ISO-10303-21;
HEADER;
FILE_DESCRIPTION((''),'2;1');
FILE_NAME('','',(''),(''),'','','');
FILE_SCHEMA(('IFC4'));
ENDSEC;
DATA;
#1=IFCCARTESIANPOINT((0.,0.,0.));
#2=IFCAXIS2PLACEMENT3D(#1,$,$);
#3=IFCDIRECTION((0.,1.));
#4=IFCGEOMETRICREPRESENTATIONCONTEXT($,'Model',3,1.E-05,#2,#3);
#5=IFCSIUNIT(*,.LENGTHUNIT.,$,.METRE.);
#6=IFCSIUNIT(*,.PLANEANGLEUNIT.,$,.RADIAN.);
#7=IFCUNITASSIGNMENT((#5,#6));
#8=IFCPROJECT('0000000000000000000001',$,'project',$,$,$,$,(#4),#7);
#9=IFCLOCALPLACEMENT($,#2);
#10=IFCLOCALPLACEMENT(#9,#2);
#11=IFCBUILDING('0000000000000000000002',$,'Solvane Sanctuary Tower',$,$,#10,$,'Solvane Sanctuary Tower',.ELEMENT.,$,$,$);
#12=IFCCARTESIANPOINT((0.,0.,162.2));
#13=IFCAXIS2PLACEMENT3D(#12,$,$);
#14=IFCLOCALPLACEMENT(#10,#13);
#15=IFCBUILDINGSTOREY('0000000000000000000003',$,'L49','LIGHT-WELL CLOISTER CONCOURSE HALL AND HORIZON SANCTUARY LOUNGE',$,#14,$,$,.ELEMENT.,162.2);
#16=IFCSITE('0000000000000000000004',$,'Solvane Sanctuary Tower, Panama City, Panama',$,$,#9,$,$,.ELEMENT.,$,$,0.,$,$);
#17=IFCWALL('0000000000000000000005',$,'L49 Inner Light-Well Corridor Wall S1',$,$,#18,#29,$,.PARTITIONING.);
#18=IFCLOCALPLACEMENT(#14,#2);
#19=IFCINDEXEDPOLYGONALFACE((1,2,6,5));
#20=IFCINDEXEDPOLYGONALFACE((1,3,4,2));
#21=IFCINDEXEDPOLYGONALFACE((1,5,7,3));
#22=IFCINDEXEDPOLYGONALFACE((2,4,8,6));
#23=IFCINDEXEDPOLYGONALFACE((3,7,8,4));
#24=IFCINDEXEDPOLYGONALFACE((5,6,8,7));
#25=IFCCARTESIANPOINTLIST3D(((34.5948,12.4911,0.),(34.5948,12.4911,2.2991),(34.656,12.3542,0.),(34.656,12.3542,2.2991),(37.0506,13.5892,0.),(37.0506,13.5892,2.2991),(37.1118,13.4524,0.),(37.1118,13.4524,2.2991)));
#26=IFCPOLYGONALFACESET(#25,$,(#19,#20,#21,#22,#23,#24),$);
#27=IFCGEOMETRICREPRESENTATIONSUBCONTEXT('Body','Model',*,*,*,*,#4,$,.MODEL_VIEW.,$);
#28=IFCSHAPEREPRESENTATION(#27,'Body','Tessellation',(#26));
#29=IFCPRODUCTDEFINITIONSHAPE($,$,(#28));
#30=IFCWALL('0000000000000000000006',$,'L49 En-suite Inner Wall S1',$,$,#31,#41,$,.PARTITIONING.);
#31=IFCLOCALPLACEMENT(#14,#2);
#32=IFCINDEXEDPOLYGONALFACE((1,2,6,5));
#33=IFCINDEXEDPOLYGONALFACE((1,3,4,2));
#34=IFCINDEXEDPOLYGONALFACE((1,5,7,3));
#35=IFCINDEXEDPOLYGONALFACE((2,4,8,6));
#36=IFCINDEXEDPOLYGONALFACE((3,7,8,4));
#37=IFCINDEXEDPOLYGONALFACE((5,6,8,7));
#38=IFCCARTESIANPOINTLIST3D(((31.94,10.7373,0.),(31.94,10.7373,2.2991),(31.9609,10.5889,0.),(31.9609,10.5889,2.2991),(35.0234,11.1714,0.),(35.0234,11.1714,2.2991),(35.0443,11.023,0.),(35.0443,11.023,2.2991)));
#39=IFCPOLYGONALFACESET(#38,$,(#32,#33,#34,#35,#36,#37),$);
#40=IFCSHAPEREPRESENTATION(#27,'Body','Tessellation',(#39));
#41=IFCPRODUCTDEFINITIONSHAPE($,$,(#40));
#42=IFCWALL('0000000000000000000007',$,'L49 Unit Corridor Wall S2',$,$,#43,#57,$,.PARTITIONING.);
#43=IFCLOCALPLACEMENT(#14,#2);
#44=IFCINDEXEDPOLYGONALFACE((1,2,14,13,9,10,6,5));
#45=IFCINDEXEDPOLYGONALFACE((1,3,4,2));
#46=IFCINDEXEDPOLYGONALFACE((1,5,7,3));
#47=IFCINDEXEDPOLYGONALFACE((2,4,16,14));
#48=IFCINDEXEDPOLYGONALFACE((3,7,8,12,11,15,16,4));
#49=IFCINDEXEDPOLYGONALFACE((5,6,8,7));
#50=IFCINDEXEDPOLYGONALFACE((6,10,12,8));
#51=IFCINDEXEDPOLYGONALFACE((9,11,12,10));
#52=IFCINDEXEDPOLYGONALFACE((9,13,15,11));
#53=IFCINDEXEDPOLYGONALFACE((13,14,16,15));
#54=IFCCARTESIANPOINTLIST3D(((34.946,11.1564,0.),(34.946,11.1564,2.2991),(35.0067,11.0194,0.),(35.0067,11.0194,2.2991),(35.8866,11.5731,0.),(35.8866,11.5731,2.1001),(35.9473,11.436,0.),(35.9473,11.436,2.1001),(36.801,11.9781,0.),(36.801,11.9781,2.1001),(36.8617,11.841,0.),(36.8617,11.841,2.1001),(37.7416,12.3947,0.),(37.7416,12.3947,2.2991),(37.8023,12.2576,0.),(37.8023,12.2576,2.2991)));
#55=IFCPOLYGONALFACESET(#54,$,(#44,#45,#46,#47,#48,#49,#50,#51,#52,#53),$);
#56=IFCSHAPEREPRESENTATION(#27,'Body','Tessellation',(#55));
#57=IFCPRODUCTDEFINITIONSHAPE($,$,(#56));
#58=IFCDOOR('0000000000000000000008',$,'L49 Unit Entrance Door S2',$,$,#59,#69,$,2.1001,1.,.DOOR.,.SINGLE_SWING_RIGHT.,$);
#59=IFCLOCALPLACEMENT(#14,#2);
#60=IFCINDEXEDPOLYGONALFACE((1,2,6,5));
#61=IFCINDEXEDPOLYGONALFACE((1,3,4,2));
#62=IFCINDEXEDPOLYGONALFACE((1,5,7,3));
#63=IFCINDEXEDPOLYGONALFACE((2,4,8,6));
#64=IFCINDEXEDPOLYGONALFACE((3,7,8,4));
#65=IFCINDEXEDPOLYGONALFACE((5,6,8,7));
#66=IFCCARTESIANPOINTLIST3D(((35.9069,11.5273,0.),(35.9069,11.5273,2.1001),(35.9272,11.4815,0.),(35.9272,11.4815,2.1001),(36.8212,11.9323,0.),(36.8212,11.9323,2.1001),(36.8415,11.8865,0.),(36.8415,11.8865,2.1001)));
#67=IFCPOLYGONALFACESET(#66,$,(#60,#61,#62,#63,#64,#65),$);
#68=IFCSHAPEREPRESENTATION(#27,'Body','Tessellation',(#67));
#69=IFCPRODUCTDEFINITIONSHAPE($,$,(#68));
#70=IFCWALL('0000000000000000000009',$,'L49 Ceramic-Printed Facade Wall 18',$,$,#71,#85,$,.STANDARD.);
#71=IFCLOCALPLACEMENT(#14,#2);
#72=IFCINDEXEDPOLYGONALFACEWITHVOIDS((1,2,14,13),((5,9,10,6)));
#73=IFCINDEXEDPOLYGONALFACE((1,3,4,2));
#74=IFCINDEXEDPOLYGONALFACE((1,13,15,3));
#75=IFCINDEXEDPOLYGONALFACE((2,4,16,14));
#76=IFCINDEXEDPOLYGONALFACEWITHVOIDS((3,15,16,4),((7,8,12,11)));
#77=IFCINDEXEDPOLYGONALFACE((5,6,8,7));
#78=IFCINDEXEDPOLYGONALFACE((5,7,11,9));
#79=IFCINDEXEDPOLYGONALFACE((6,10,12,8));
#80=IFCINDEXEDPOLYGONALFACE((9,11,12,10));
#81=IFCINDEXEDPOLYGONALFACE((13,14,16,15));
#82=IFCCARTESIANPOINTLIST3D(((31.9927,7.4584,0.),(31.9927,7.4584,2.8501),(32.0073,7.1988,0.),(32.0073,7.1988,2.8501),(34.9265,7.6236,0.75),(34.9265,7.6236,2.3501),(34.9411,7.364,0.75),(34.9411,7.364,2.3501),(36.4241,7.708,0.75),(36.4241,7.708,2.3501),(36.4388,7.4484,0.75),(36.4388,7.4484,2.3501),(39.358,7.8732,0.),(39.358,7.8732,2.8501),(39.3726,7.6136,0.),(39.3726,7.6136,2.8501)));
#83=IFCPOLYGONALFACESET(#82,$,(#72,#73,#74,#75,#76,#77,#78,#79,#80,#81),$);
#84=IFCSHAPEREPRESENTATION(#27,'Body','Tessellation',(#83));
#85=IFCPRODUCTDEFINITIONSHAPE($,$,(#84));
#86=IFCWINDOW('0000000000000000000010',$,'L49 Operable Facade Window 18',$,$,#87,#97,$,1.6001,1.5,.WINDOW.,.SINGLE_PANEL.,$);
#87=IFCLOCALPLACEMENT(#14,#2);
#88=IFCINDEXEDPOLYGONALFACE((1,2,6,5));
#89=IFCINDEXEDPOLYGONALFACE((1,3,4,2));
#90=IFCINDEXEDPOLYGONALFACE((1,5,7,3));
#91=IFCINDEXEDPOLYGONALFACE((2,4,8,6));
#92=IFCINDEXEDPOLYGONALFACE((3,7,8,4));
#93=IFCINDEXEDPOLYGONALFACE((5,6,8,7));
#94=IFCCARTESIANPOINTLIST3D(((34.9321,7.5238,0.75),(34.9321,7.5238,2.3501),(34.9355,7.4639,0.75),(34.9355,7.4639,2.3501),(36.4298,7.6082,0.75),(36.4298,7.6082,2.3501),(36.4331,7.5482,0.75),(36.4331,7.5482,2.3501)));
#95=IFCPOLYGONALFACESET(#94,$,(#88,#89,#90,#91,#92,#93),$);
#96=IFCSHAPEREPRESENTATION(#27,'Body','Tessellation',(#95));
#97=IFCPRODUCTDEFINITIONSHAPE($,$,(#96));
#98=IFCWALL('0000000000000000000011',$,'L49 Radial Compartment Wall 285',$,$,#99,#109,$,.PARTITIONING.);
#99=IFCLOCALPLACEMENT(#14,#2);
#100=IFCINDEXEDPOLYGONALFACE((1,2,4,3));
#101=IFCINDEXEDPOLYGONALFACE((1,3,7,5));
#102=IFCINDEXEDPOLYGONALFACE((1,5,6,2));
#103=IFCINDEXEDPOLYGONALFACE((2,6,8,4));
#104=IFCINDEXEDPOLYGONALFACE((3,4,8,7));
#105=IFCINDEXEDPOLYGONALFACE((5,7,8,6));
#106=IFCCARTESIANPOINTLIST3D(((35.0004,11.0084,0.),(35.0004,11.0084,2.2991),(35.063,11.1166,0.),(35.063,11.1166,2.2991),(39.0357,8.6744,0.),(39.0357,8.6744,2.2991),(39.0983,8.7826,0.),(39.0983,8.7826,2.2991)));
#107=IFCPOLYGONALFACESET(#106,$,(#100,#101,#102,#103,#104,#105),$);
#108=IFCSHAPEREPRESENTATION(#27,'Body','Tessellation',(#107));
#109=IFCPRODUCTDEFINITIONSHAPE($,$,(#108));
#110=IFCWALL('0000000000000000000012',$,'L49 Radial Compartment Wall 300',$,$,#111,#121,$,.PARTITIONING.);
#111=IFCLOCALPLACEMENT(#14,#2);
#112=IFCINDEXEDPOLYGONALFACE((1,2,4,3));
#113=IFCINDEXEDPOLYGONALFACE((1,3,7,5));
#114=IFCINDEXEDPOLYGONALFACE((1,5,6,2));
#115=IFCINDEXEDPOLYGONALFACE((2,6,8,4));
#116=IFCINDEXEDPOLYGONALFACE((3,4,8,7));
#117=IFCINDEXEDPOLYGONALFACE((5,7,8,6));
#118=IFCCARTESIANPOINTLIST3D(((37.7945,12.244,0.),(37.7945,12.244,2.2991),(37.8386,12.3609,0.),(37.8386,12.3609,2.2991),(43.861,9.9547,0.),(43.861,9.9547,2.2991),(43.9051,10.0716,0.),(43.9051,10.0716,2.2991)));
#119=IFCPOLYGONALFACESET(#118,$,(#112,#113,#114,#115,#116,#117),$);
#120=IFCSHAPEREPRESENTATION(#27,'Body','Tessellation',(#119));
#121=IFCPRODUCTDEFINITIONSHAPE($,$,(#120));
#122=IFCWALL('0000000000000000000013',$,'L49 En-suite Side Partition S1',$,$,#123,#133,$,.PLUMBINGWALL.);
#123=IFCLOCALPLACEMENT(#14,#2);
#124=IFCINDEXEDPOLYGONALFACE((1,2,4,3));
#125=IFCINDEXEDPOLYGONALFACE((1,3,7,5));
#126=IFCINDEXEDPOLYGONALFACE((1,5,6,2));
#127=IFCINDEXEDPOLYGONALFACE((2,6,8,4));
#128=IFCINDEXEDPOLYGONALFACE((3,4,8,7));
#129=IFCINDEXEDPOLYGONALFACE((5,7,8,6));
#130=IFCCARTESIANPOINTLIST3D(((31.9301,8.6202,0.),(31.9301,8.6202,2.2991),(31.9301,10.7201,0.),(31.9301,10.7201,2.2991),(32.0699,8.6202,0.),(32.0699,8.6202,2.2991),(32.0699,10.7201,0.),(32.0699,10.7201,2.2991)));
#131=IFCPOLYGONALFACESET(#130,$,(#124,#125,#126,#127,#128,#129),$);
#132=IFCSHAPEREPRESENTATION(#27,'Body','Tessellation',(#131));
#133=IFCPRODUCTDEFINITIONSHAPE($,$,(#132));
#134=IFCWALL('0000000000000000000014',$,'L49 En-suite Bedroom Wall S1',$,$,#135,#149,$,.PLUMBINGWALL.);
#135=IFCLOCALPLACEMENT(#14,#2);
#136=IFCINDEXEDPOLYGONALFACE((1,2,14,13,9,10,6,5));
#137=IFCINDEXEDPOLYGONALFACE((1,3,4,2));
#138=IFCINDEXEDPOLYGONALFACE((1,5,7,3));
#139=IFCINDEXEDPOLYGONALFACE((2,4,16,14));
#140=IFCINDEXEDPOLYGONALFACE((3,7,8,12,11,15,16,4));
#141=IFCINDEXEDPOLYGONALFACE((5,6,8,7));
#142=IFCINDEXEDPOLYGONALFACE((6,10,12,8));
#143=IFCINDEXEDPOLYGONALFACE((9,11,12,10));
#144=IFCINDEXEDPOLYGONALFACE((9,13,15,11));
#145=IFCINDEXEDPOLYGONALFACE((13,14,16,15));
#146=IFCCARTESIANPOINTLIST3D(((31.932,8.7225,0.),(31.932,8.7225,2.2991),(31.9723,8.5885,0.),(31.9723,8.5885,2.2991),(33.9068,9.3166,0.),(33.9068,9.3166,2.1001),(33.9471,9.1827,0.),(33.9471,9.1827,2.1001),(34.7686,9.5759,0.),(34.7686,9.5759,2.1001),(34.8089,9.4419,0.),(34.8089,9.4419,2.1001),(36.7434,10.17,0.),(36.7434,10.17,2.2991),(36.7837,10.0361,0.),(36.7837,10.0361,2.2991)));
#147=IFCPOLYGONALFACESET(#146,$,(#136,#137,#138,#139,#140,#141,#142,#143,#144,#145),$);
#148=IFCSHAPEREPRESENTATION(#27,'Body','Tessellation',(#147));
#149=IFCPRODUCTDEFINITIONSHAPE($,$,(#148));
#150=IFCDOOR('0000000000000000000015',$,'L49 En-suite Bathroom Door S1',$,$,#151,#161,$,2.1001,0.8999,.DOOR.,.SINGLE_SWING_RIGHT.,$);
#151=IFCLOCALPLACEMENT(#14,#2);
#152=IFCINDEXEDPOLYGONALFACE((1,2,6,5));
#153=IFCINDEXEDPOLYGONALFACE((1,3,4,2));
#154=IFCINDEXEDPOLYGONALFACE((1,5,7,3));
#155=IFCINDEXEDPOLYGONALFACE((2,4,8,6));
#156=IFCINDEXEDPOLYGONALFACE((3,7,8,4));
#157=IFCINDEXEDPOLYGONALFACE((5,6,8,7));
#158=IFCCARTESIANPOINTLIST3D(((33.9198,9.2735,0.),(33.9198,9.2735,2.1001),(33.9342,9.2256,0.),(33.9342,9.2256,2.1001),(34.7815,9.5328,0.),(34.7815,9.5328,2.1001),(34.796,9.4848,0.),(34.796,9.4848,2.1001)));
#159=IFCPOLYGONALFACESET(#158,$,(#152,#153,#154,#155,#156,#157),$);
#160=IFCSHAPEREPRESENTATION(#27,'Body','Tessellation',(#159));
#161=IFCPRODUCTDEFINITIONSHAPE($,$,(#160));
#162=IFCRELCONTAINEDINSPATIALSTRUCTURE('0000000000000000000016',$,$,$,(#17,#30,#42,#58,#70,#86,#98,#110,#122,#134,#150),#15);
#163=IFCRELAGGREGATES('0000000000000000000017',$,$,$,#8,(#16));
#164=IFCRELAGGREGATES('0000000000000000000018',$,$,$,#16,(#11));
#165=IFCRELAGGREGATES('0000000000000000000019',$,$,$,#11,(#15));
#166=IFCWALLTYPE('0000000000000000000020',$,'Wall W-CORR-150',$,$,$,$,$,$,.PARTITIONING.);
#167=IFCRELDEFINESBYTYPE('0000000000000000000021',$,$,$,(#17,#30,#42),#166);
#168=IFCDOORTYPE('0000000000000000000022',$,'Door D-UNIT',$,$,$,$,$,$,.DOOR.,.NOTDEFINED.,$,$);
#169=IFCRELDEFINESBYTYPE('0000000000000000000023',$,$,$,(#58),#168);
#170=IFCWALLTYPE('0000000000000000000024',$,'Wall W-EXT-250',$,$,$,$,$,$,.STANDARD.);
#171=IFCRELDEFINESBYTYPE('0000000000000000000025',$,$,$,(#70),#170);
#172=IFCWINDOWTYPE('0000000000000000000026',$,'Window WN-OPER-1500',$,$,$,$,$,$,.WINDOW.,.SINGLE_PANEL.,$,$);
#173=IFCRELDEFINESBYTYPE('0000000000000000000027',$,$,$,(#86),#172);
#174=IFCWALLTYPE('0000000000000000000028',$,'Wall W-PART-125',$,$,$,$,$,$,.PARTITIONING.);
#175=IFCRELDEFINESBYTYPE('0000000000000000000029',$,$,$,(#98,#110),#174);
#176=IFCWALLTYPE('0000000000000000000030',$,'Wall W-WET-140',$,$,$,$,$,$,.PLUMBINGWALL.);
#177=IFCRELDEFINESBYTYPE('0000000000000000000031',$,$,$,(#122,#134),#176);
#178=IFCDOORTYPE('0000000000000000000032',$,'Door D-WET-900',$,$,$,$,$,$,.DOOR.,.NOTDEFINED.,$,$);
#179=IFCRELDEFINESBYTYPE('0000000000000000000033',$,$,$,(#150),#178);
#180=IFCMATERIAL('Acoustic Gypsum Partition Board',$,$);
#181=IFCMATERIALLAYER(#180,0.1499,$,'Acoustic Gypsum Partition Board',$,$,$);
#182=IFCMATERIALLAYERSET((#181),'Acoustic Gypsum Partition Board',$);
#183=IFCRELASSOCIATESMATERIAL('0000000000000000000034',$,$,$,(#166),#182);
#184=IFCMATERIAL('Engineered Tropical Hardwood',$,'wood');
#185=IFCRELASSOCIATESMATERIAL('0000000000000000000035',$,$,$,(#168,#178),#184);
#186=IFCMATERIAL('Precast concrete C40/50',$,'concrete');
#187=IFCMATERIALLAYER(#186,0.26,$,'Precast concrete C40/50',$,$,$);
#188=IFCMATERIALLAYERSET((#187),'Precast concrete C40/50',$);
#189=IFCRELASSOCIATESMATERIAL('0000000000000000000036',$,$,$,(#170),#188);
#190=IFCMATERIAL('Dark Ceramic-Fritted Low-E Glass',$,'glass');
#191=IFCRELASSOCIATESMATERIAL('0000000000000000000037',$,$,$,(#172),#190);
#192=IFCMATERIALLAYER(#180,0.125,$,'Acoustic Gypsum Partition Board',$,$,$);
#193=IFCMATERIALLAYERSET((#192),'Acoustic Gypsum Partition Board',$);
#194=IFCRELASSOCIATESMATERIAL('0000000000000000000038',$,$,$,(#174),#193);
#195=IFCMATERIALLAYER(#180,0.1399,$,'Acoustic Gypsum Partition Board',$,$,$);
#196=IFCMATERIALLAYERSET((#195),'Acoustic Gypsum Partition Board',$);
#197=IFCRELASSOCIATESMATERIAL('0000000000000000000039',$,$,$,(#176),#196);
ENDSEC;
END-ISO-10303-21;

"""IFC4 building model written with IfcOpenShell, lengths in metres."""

from ifc_helpers import new_model, si_unit, direction, frame, frame_2d, origin, place, context, subcontext, project, spatial, rectangle, extrude, material, layer, layer_set, type_object, element, fill, save


model = new_model("IFC4")

# Units and contexts
model_context = context("Model", 3, precision=1e-05, world=origin(), true_north=direction((0.0, 1.0)))
body_context = subcontext(model_context, "Body", "Model", "MODEL_VIEW")
ifc_project = project(units=[si_unit("LENGTHUNIT", "METRE"), si_unit("PLANEANGLEUNIT", "RADIAN")], contexts=[model_context])

# Site, building, storey
site_placement = place(None, origin())
site = spatial("IfcSite", under=ifc_project, at=site_placement, Name="Solvane Sanctuary Tower, Panama City, Panama", CompositionType="ELEMENT", RefElevation=0.0)
building_placement = place(site_placement, origin())
building = spatial("IfcBuilding", under=site, at=building_placement, Name="Solvane Sanctuary Tower", LongName="Solvane Sanctuary Tower", CompositionType="ELEMENT")
storey_placement = place(building_placement, frame((0.0, 0.0, 162.2)))
storey = spatial("IfcBuildingStorey", under=building, at=storey_placement, Name="L49", Description="LIGHT-WELL CLOISTER CONCOURSE HALL AND HORIZON SANCTUARY LOUNGE", CompositionType="ELEMENT", Elevation=162.2)

# Shared definitions
ifc_material_1 = material(Name="Acoustic Gypsum Partition Board")
ifc_layer_1 = layer(ifc_material_1, 0.1499, Name="Acoustic Gypsum Partition Board")
ifc_layer_set_1 = layer_set([ifc_layer_1], Name="Acoustic Gypsum Partition Board")
wall_type_1 = type_object("IfcWallType", Name="Wall W-CORR-150", PredefinedType="PARTITIONING", material=ifc_layer_set_1)

# Shared definitions
ifc_material_2 = material(Name="Engineered Tropical Hardwood", Category="wood")

# Walls
wall_1_placement = place(storey_placement, frame((34.6252, 12.4226, 0.0), z_axis=(0.0, 0.0, 1.0), x_axis=(0.912889, 0.408209, 0.0)))
element("IfcWall", 1, at=wall_1_placement, inside=storey, type_object=wall_type_1, Name="L49 Inner Light-Well Corridor Wall S1", PredefinedType="PARTITIONING", context=body_context, shape_type="SweptSolid", body=[
    extrude(rectangle(XDim=2.6902, YDim=0.1499, at=frame_2d((1.3452, 0.0))), origin(), (0.0, 0.0, 1.0), 2.2991),
])
wall_2_placement = place(storey_placement, frame((31.9504, 10.6631, 0.0), z_axis=(0.0, 0.0, 1.0), x_axis=(0.990234, 0.139412, 0.0)))
element("IfcWall", 2, at=wall_2_placement, inside=storey, type_object=wall_type_1, Name="L49 En-suite Inner Wall S1", PredefinedType="PARTITIONING", context=body_context, shape_type="SweptSolid", body=[
    extrude(rectangle(XDim=3.1138, YDim=0.1499, at=frame_2d((1.5569, 0.0))), origin(), (0.0, 0.0, 1.0), 2.2991),
])

# Wall, opening, door
wall_3_placement = place(storey_placement, frame((34.9763, 11.0879, 0.0), z_axis=(0.0, 0.0, 1.0), x_axis=(0.914324, 0.404982, 0.0)))
wall_3 = element("IfcWall", 3, at=wall_3_placement, inside=storey, type_object=wall_type_1, Name="L49 Unit Corridor Wall S2", PredefinedType="PARTITIONING", context=body_context, shape_type="SweptSolid", body=[
    extrude(rectangle(XDim=3.0576, YDim=0.1499, at=frame_2d((1.5288, 0.0))), origin(), (0.0, 0.0, 1.0), 2.2991),
])
opening_1_placement = place(wall_3_placement, frame((1.0288, 0.0, 0.0)))
opening_1 = element("IfcOpeningElement", 4, at=opening_1_placement, cuts=wall_3, PredefinedType="OPENING", context=body_context, shape_type="SweptSolid", body=[
    extrude(rectangle(XDim=1.0, YDim=2.1001, at=frame_2d((0.5, 1.05))), frame((0.0, 0.085, 0.0), z_axis=(0.0, -1.0, 0.0), x_axis=(1.0, 0.0, 0.0)), (0.0, 0.0, 1.0), 0.1699),
])
door_type_1 = type_object("IfcDoorType", Name="Door D-UNIT", OperationType="NOTDEFINED", PredefinedType="DOOR", material=ifc_material_2)
door_1_placement = place(opening_1_placement, origin())
door_1 = element("IfcDoor", 5, at=door_1_placement, inside=storey, type_object=door_type_1, Name="L49 Unit Entrance Door S2", OperationType="SINGLE_SWING_RIGHT", OverallHeight=2.1001, OverallWidth=1.0, PredefinedType="DOOR", context=body_context, shape_type="SweptSolid", body=[
    extrude(rectangle(XDim=1.0, YDim=2.1001, at=frame_2d((0.5, 1.05))), frame((0.0, 0.0249, 0.0), z_axis=(0.0, -1.0, 0.0), x_axis=(1.0, 0.0, 0.0)), (0.0, 0.0, 1.0), 0.05),
])
fill(opening_1, door_1)

# Wall, opening, window
ifc_material_3 = material(Name="Precast concrete C40/50", Category="concrete")
ifc_layer_2 = layer(ifc_material_3, 0.26, Name="Precast concrete C40/50")
ifc_layer_set_2 = layer_set([ifc_layer_2], Name="Precast concrete C40/50")
wall_type_2 = type_object("IfcWallType", Name="Wall W-EXT-250", PredefinedType="STANDARD", material=ifc_layer_set_2)
wall_4_placement = place(storey_placement, frame((32.0, 7.3286, 0.0), z_axis=(0.0, 0.0, 1.0), x_axis=(0.998418, 0.056229, 0.0)))
wall_4 = element("IfcWall", 6, at=wall_4_placement, inside=storey, type_object=wall_type_2, Name="L49 Ceramic-Printed Facade Wall 18", PredefinedType="STANDARD", context=body_context, shape_type="SweptSolid", body=[
    extrude(rectangle(XDim=7.377, YDim=0.26, at=frame_2d((3.6885, 0.0))), origin(), (0.0, 0.0, 1.0), 2.8501),
])
opening_2_placement = place(wall_4_placement, frame((2.9385, 0.0, 0.75)))
opening_2 = element("IfcOpeningElement", 7, at=opening_2_placement, cuts=wall_4, PredefinedType="OPENING", context=body_context, shape_type="SweptSolid", body=[
    extrude(rectangle(XDim=1.5, YDim=1.6001, at=frame_2d((0.75, 0.8))), frame((0.0, 0.1399, 0.0), z_axis=(0.0, -1.0, 0.0), x_axis=(1.0, 0.0, 0.0)), (0.0, 0.0, 1.0), 0.28),
])
ifc_material_4 = material(Name="Dark Ceramic-Fritted Low-E Glass", Category="glass")
window_type = type_object("IfcWindowType", Name="Window WN-OPER-1500", PartitioningType="SINGLE_PANEL", PredefinedType="WINDOW", material=ifc_material_4)
window_placement = place(opening_2_placement, origin())
window = element("IfcWindow", 8, at=window_placement, inside=storey, type_object=window_type, Name="L49 Operable Facade Window 18", OverallHeight=1.6001, OverallWidth=1.5, PartitioningType="SINGLE_PANEL", PredefinedType="WINDOW", context=body_context, shape_type="SweptSolid", body=[
    extrude(rectangle(XDim=1.5, YDim=1.6001, at=frame_2d((0.75, 0.8))), frame((0.0, 0.03, 0.0), z_axis=(0.0, -1.0, 0.0), x_axis=(1.0, 0.0, 0.0)), (0.0, 0.0, 1.0), 0.0601),
])
fill(opening_2, window)

# Walls
ifc_layer_3 = layer(ifc_material_1, 0.125, Name="Acoustic Gypsum Partition Board")
ifc_layer_set_3 = layer_set([ifc_layer_3], Name="Acoustic Gypsum Partition Board")
wall_type_3 = type_object("IfcWallType", Name="Wall W-PART-125", PredefinedType="PARTITIONING", material=ifc_layer_set_3)
wall_5_placement = place(storey_placement, frame((35.0317, 11.0625, 0.0), z_axis=(0.0, 0.0, 1.0), x_axis=(0.865627, -0.500689, 0.0)))
element("IfcWall", 9, at=wall_5_placement, inside=storey, type_object=wall_type_3, Name="L49 Radial Compartment Wall 285", PredefinedType="PARTITIONING", context=body_context, shape_type="SweptSolid", body=[
    extrude(rectangle(XDim=4.6616, YDim=0.125, at=frame_2d((2.3308, 0.0))), origin(), (0.0, 0.0, 1.0), 2.2991),
])
wall_6_placement = place(storey_placement, frame((37.8164, 12.3025, 0.0), z_axis=(0.0, 0.0, 1.0), x_axis=(0.935601, -0.353058, 0.0)))
element("IfcWall", 10, at=wall_6_placement, inside=storey, type_object=wall_type_3, Name="L49 Radial Compartment Wall 300", PredefinedType="PARTITIONING", context=body_context, shape_type="SweptSolid", body=[
    extrude(rectangle(XDim=6.4841, YDim=0.125, at=frame_2d((3.2422, 0.0))), origin(), (0.0, 0.0, 1.0), 2.2991),
])
ifc_layer_4 = layer(ifc_material_1, 0.1399, Name="Acoustic Gypsum Partition Board")
ifc_layer_set_4 = layer_set([ifc_layer_4], Name="Acoustic Gypsum Partition Board")
wall_type_4 = type_object("IfcWallType", Name="Wall W-WET-140", PredefinedType="PLUMBINGWALL", material=ifc_layer_set_4)
wall_7_placement = place(storey_placement, frame((32.0, 10.72, 0.0), z_axis=(0.0, 0.0, 1.0), x_axis=(0.0, -1.0, 0.0)))
element("IfcWall", 11, at=wall_7_placement, inside=storey, type_object=wall_type_4, Name="L49 En-suite Side Partition S1", PredefinedType="PLUMBINGWALL", context=body_context, shape_type="SweptSolid", body=[
    extrude(rectangle(XDim=2.0999, YDim=0.1399, at=frame_2d((1.0498, 0.0))), origin(), (0.0, 0.0, 1.0), 2.2991),
])

# Wall, opening, door
wall_8_placement = place(storey_placement, frame((31.9521, 8.6555, 0.0), z_axis=(0.0, 0.0, 1.0), x_axis=(0.9576, 0.288101, 0.0)))
wall_8 = element("IfcWall", 12, at=wall_8_placement, inside=storey, type_object=wall_type_4, Name="L49 En-suite Bedroom Wall S1", PredefinedType="PLUMBINGWALL", context=body_context, shape_type="SweptSolid", body=[
    extrude(rectangle(XDim=5.0244, YDim=0.1399, at=frame_2d((2.5122, 0.0))), origin(), (0.0, 0.0, 1.0), 2.2991),
])
opening_3_placement = place(wall_8_placement, frame((2.0623, 0.0, 0.0)))
opening_3 = element("IfcOpeningElement", 13, at=opening_3_placement, cuts=wall_8, PredefinedType="OPENING", context=body_context, shape_type="SweptSolid", body=[
    extrude(rectangle(XDim=0.8999, YDim=2.1001, at=frame_2d((0.45, 1.05))), frame((0.0, 0.0798, 0.0), z_axis=(0.0, -1.0, 0.0), x_axis=(1.0, 0.0, 0.0)), (0.0, 0.0, 1.0), 0.1599),
])
door_type_2 = type_object("IfcDoorType", Name="Door D-WET-900", OperationType="NOTDEFINED", PredefinedType="DOOR", material=ifc_material_2)
door_2_placement = place(opening_3_placement, origin())
door_2 = element("IfcDoor", 14, at=door_2_placement, inside=storey, type_object=door_type_2, Name="L49 En-suite Bathroom Door S1", OperationType="SINGLE_SWING_RIGHT", OverallHeight=2.1001, OverallWidth=0.8999, PredefinedType="DOOR", context=body_context, shape_type="SweptSolid", body=[
    extrude(rectangle(XDim=0.8999, YDim=2.1001, at=frame_2d((0.45, 1.05))), frame((0.0, 0.0249, 0.0), z_axis=(0.0, -1.0, 0.0), x_axis=(1.0, 0.0, 0.0)), (0.0, 0.0, 1.0), 0.05),
])
fill(opening_3, door_2)

save(model, "model.ifc")
